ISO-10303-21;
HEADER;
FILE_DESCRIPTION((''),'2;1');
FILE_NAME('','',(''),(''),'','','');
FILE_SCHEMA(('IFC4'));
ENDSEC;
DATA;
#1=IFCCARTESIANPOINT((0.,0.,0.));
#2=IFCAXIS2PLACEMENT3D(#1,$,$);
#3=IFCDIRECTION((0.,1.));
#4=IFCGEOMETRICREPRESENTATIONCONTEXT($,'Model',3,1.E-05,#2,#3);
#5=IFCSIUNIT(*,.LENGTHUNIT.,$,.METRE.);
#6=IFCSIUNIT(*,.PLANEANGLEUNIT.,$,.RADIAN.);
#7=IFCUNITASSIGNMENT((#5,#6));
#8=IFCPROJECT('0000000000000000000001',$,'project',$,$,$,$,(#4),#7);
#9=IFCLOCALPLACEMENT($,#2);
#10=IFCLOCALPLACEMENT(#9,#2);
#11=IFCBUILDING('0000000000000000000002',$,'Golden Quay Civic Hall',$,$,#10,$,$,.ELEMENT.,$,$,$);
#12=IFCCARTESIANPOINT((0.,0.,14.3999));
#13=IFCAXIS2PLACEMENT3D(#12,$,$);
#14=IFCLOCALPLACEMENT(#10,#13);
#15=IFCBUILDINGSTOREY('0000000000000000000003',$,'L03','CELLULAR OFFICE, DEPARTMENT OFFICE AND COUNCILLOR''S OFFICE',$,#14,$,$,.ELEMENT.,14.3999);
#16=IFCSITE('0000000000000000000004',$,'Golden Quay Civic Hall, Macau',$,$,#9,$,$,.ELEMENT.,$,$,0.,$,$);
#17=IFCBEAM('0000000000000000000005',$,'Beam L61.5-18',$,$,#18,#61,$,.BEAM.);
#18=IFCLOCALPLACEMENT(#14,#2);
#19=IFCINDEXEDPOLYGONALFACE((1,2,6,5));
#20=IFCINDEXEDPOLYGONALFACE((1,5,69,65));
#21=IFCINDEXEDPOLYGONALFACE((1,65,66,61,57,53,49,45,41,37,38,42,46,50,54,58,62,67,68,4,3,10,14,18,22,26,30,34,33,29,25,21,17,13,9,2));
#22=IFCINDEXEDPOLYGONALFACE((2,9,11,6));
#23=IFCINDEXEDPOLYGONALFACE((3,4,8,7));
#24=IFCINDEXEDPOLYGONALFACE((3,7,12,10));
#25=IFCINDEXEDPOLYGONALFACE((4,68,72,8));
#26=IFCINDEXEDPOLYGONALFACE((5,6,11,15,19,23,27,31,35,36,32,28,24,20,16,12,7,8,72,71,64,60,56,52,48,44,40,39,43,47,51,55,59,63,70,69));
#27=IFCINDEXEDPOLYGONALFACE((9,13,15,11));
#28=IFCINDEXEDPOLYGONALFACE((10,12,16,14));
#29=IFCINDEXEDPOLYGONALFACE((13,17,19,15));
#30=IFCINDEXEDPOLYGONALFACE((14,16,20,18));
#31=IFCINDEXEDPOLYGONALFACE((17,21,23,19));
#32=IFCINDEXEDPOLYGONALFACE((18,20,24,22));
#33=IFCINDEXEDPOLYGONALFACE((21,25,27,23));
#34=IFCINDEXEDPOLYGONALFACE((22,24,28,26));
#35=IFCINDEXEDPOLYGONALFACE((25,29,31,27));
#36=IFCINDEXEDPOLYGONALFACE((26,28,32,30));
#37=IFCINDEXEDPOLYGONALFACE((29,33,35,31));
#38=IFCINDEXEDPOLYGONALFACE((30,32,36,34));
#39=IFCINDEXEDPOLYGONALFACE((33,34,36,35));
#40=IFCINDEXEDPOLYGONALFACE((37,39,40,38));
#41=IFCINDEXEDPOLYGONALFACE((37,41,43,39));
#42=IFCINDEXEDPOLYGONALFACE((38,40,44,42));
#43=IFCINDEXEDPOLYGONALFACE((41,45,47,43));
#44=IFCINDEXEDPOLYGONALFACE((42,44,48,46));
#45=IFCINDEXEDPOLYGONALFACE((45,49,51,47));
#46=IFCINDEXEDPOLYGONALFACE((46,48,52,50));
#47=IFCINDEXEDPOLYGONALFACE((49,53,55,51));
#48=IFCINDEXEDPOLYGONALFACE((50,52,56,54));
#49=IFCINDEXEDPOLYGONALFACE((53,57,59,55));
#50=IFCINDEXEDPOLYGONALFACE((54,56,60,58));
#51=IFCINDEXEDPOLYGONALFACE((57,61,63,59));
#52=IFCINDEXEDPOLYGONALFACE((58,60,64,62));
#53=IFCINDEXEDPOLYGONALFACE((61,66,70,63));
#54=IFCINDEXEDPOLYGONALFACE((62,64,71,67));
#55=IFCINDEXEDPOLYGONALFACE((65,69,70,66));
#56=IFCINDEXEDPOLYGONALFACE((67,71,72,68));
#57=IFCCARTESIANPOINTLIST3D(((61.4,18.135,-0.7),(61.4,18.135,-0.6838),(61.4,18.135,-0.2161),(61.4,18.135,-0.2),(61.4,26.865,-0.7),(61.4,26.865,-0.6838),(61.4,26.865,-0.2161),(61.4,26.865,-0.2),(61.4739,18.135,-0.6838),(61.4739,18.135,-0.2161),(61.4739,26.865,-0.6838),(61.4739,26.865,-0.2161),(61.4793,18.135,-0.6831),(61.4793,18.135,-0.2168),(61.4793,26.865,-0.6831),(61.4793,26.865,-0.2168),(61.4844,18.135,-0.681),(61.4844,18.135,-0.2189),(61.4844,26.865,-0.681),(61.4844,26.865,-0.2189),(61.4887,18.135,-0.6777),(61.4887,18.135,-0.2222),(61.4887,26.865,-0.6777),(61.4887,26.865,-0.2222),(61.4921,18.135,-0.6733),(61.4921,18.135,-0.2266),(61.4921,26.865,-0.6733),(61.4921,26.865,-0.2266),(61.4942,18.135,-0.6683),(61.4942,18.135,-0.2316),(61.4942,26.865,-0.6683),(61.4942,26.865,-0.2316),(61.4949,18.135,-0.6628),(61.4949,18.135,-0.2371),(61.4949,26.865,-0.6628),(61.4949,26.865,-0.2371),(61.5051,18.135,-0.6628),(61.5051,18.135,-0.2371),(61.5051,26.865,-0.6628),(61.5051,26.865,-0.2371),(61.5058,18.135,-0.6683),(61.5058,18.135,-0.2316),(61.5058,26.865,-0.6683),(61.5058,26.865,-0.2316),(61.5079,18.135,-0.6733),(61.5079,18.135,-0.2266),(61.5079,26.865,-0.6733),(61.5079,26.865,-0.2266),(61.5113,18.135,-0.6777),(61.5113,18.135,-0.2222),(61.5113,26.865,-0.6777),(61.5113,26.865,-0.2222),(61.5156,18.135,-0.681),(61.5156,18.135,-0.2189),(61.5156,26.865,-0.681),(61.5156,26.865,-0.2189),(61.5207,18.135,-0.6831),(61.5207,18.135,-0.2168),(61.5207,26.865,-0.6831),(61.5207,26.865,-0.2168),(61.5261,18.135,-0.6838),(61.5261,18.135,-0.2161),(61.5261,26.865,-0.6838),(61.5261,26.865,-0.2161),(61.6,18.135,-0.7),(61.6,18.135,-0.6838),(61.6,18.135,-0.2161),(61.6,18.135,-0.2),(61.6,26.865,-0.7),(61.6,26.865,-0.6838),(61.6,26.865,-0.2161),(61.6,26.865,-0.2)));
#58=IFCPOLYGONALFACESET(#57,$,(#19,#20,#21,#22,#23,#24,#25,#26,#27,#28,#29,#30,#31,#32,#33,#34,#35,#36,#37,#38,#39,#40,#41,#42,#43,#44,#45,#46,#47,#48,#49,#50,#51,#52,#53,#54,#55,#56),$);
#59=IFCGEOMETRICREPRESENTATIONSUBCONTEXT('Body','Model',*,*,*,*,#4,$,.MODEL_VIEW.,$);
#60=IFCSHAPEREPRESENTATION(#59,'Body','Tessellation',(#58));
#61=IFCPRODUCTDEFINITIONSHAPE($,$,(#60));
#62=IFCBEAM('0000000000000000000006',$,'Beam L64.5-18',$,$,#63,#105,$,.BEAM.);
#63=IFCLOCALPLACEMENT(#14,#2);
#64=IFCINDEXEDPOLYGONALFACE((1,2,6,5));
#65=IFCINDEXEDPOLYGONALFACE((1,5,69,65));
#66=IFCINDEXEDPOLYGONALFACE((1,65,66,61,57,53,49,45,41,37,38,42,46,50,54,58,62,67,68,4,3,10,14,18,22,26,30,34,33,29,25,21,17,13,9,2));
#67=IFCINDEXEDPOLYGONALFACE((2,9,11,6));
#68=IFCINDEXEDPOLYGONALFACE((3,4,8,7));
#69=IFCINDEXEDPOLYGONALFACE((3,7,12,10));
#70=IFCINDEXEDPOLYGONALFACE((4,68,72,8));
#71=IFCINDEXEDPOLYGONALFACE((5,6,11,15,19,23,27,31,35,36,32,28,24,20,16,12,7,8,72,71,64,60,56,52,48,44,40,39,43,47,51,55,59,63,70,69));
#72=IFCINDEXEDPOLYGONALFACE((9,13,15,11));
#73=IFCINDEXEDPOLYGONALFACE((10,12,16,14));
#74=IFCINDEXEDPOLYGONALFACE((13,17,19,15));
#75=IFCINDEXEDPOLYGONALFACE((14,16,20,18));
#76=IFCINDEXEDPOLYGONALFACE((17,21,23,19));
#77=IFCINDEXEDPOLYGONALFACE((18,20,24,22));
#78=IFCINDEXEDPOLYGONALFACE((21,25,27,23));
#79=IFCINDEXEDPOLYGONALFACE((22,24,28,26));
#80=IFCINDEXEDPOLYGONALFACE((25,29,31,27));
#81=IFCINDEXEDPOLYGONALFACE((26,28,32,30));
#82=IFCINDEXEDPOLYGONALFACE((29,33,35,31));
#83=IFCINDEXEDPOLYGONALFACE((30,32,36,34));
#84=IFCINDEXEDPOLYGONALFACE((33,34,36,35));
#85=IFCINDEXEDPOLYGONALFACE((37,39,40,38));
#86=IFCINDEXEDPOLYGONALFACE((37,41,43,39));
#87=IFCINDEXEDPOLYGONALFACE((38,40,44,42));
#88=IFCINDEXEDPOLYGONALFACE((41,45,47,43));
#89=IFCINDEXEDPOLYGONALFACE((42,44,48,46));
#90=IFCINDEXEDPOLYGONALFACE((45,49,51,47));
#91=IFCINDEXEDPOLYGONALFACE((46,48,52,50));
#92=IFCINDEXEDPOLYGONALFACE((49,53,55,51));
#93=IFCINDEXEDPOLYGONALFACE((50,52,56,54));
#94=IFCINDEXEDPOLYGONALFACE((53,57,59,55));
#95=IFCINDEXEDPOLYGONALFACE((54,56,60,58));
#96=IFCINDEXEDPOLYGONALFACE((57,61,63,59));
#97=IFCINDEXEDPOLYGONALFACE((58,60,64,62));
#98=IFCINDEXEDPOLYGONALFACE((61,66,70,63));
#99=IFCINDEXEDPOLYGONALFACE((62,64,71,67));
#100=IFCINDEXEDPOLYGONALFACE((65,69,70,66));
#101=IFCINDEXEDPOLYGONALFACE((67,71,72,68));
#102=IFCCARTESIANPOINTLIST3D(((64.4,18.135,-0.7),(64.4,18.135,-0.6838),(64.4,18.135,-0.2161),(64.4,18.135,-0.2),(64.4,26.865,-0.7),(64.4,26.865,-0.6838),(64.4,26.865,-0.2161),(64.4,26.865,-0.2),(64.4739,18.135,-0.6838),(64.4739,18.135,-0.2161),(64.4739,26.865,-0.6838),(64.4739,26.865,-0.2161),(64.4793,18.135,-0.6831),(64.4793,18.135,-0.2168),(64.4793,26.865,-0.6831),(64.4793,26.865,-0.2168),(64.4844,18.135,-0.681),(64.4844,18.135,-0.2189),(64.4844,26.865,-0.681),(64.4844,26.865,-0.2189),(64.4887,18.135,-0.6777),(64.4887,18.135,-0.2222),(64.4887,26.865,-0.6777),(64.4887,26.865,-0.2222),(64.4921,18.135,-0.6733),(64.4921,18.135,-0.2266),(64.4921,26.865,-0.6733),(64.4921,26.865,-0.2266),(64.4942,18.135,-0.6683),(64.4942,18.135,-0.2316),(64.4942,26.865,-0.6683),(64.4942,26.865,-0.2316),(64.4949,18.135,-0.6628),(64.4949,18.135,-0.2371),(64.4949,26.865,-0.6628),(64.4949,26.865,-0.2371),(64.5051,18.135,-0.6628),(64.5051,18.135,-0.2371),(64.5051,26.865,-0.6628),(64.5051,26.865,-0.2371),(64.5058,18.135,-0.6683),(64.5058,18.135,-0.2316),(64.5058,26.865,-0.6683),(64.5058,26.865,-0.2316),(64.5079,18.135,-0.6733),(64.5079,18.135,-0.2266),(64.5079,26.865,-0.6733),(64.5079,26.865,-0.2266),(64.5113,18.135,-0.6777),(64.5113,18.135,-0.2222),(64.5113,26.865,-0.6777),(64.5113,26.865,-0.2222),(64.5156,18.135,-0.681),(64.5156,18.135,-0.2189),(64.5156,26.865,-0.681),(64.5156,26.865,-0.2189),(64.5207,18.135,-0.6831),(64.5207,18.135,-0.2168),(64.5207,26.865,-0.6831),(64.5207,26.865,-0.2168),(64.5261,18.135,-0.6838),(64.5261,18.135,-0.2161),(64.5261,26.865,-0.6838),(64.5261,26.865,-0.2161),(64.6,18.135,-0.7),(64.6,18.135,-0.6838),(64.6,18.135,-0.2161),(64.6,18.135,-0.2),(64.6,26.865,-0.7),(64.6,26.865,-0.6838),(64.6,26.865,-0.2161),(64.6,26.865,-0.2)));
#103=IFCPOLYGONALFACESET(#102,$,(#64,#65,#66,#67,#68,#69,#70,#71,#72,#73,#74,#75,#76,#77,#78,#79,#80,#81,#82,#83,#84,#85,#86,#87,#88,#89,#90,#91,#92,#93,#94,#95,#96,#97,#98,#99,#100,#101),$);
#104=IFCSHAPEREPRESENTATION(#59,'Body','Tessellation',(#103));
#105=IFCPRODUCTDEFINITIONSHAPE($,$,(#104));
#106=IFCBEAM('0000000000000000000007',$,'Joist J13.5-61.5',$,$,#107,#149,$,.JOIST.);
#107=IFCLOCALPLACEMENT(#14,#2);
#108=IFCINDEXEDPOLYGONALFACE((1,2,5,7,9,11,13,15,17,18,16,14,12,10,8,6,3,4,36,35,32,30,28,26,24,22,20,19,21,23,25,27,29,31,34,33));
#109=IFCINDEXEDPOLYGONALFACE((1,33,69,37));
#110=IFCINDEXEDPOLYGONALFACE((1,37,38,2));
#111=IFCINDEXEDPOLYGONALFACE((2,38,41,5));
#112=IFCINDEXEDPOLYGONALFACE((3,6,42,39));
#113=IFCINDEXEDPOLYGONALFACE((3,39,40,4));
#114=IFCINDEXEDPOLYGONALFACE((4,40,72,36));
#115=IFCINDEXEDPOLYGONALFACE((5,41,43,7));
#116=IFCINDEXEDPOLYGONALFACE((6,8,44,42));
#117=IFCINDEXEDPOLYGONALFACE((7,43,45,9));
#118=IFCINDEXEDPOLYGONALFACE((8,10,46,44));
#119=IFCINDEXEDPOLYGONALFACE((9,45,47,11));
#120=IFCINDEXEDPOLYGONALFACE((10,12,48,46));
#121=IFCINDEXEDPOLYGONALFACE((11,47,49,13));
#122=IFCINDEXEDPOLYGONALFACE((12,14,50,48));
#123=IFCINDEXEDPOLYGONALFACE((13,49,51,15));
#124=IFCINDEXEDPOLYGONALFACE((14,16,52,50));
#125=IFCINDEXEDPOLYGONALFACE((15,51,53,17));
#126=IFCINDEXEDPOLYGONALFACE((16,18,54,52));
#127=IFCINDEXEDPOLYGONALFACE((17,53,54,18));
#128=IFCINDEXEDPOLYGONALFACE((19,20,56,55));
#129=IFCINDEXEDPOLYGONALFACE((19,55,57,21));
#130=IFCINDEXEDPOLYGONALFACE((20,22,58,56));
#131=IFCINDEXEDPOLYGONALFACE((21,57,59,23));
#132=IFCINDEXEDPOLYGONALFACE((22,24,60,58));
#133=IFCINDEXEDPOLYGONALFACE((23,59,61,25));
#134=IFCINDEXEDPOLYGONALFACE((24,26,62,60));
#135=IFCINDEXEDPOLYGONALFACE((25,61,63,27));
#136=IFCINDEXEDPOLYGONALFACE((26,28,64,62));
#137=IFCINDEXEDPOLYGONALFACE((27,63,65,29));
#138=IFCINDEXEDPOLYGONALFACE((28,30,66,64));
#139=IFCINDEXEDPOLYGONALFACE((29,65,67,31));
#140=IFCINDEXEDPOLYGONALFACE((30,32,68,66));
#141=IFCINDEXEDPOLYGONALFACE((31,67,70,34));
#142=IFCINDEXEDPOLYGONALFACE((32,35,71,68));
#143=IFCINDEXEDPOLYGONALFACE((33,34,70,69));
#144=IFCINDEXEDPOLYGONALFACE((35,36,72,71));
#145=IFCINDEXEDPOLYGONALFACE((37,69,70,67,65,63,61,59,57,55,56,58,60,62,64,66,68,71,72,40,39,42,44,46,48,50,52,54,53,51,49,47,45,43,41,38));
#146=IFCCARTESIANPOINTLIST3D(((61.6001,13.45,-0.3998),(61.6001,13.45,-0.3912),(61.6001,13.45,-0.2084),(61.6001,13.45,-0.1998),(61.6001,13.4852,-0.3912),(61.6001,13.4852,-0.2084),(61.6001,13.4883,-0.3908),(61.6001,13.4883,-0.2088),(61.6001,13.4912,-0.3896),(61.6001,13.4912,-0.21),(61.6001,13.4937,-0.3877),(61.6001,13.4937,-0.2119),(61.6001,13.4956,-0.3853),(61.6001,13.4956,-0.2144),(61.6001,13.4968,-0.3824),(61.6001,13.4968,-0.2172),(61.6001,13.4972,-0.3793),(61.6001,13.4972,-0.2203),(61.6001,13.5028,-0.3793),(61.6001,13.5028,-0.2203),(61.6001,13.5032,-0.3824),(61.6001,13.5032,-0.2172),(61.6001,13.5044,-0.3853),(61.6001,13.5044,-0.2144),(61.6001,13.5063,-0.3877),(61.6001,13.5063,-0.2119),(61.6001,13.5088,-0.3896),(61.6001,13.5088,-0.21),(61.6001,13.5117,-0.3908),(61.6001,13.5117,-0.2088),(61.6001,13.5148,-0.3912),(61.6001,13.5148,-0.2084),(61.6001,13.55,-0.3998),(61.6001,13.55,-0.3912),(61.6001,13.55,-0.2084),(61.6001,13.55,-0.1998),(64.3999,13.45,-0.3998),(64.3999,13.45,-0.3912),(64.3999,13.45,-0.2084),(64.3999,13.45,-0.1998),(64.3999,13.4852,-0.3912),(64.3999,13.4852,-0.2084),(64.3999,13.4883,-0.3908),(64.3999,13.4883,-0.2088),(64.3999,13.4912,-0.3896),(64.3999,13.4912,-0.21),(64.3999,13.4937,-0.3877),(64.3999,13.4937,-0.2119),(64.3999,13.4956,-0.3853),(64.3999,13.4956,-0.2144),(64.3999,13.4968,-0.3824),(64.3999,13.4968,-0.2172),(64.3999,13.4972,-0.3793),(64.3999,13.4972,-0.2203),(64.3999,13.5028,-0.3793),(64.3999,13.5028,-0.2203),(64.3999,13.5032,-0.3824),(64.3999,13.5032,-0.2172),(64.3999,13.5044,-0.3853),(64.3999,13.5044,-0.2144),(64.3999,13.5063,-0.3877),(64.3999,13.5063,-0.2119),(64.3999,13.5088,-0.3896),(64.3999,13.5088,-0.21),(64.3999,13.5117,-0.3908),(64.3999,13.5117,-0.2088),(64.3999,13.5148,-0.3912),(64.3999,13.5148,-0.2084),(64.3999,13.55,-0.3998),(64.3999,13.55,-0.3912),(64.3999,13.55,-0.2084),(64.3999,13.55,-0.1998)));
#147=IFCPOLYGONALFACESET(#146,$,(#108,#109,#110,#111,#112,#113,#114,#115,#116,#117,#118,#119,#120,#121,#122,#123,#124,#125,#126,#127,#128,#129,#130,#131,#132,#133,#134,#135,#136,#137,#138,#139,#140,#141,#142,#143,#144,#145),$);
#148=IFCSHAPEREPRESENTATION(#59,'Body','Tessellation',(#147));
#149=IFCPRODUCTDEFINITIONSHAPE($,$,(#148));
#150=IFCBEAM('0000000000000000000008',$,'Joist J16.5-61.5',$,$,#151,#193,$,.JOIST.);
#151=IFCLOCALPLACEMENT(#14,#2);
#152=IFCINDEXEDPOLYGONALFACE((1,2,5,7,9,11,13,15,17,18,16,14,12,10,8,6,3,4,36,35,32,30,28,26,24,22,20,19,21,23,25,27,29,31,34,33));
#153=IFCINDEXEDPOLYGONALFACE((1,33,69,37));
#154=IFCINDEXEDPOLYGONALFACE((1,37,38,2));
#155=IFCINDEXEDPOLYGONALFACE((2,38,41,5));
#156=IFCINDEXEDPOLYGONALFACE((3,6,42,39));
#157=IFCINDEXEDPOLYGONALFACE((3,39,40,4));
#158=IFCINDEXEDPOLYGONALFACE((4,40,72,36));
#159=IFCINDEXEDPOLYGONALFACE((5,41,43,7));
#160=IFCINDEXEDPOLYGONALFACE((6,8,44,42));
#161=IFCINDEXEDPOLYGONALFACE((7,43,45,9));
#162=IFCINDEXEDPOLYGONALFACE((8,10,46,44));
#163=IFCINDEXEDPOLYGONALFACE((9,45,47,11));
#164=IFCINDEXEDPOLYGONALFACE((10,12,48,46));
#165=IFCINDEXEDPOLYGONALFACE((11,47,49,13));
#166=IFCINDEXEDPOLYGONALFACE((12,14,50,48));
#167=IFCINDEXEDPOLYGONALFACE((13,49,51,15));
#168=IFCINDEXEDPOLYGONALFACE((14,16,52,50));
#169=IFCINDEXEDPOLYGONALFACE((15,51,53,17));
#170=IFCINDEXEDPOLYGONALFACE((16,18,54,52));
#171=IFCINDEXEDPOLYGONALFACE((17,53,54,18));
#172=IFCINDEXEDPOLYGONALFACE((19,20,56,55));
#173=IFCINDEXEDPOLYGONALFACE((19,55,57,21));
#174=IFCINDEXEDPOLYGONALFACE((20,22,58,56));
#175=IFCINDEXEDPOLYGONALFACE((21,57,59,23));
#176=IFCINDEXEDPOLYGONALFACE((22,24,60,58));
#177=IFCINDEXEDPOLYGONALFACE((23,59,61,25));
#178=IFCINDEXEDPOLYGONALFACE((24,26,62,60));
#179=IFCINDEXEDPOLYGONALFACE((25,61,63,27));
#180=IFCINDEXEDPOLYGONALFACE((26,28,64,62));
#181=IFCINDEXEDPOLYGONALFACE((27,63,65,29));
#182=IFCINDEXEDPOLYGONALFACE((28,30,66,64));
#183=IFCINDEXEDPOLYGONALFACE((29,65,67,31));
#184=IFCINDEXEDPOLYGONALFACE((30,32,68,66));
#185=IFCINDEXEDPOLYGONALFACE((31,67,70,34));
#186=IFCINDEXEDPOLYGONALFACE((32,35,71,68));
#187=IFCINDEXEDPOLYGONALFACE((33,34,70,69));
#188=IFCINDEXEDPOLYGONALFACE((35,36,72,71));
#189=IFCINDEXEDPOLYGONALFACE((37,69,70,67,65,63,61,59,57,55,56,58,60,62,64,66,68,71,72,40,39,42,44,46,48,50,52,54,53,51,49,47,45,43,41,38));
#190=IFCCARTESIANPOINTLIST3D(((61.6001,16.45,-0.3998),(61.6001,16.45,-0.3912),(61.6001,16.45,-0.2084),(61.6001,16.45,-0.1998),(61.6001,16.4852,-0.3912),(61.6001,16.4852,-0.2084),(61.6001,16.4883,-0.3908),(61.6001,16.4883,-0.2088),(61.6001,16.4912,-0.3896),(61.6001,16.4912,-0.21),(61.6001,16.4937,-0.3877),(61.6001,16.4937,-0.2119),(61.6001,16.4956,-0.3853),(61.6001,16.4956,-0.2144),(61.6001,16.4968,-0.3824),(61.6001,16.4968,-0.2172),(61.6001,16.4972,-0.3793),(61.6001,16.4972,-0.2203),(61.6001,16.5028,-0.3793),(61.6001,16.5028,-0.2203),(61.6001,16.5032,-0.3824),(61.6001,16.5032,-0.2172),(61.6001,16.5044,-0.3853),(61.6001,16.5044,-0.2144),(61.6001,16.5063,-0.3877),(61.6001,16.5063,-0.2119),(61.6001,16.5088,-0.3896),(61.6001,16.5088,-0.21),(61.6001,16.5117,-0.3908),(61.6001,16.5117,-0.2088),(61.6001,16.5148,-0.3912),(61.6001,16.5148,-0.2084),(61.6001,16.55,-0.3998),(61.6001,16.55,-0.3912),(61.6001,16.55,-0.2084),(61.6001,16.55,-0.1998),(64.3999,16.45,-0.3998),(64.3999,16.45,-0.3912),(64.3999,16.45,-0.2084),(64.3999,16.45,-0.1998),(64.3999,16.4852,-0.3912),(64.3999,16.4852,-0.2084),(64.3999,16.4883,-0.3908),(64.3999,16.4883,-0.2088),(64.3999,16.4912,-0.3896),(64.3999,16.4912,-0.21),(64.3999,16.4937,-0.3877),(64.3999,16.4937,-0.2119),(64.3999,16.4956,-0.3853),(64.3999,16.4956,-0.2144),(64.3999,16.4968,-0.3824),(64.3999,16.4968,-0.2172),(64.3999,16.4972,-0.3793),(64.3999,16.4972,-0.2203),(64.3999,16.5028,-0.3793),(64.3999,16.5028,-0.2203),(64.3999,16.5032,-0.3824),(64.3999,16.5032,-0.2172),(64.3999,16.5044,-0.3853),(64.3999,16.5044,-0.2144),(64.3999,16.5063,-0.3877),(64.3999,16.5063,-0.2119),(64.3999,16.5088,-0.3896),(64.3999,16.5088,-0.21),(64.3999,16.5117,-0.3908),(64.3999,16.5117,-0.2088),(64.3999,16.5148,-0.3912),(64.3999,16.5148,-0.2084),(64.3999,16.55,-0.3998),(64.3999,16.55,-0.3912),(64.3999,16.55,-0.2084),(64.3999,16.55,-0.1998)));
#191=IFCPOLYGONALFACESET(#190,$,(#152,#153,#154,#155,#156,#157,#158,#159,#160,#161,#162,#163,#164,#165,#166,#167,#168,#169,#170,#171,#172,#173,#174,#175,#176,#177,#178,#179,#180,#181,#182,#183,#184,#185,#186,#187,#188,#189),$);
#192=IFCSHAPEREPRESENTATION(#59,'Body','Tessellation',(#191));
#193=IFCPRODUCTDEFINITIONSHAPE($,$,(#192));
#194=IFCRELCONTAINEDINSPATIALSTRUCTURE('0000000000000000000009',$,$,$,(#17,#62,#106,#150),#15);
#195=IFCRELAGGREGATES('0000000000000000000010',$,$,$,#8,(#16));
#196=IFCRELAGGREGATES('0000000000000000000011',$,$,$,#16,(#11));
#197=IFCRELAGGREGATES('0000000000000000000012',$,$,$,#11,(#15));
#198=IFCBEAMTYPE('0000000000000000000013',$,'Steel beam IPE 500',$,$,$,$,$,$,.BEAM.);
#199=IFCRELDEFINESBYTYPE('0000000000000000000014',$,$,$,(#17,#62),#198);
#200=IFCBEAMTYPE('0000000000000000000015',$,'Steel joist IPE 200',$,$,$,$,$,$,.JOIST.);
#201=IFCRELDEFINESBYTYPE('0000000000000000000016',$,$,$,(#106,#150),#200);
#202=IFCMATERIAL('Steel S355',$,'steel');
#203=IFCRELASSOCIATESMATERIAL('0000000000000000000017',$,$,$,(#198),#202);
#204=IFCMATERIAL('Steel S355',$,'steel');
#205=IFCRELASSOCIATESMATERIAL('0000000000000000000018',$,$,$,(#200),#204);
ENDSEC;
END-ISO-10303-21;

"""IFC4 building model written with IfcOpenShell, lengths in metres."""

from ifc_helpers import new_model, si_unit, direction, frame, origin, origin_2d, place, context, subcontext, project, spatial, i_section, extrude, material, material_profile, profile_set, type_object, element, save


model = new_model("IFC4")

# Units and contexts
model_context = context("Model", 3, precision=1e-05, world=origin(), true_north=direction((0.0, 1.0)))
body_context = subcontext(model_context, "Body", "Model", "MODEL_VIEW")
ifc_project = project(units=[si_unit("LENGTHUNIT", "METRE"), si_unit("PLANEANGLEUNIT", "RADIAN")], contexts=[model_context])

# Site, building, storey
site_placement = place(None, origin())
site = spatial("IfcSite", under=ifc_project, at=site_placement, Name="Golden Quay Civic Hall, Macau", CompositionType="ELEMENT", RefElevation=0.0)
building_placement = place(site_placement, origin())
building = spatial("IfcBuilding", under=site, at=building_placement, Name="Golden Quay Civic Hall", CompositionType="ELEMENT")
storey_placement = place(building_placement, frame((0.0, 0.0, 14.3999)))
storey = spatial("IfcBuildingStorey", under=building, at=storey_placement, Name="L03", Description="CELLULAR OFFICE, DEPARTMENT OFFICE AND COUNCILLOR'S OFFICE", CompositionType="ELEMENT", Elevation=14.3999)

# Beams
ifc_material_1 = material(Name="Steel S355", Category="steel")
ifc_material_profile_1 = material_profile(ifc_material_1, i_section(OverallWidth=0.2, OverallDepth=0.5, WebThickness=0.0103, FlangeThickness=0.0161, FilletRadius=0.021, at=origin_2d()), Name="IPE 500")
ifc_profile_set_1 = profile_set([ifc_material_profile_1], Name="Steel S355")
beam_type_1 = type_object("IfcBeamType", Name="Steel beam IPE 500", PredefinedType="BEAM", material=ifc_profile_set_1)
for number, where, z_axis, x_axis, name in (
    (1, (61.5, 18.135, -0.45), (0.0, 1.0, 0.0), (-1.0, 0.0, 0.0), "Beam L61.5-18"),
    (2, (64.5, 18.135, -0.45), (0.0, 1.0, 0.0), (-1.0, 0.0, 0.0), "Beam L64.5-18"),
):
    element("IfcBeam", number, at=place(storey_placement, frame(where, z_axis=z_axis, x_axis=x_axis)), inside=storey, type_object=beam_type_1, Name=name, PredefinedType="BEAM", context=body_context, shape_type="SweptSolid", body=[
        extrude(i_section(OverallWidth=0.2, OverallDepth=0.5, WebThickness=0.0103, FlangeThickness=0.0161, FilletRadius=0.021, at=origin_2d()), origin(), (0.0, 0.0, 1.0), 8.73),
    ])
ifc_material_2 = material(Name="Steel S355", Category="steel")
ifc_material_profile_2 = material_profile(ifc_material_2, i_section(OverallWidth=0.1001, OverallDepth=0.2, WebThickness=0.0056, FlangeThickness=0.0085, FilletRadius=0.012, at=origin_2d()), Name="IPE 200")
ifc_profile_set_2 = profile_set([ifc_material_profile_2], Name="Steel S355")
beam_type_2 = type_object("IfcBeamType", Name="Steel joist IPE 200", PredefinedType="JOIST", material=ifc_profile_set_2)
for number, where, z_axis, x_axis, name in (
    (3, (61.6001, 13.5, -0.2998), (1.0, 0.0, 0.0), (0.0, 1.0, 0.0), "Joist J13.5-61.5"),
    (4, (61.6001, 16.5, -0.2998), (1.0, 0.0, 0.0), (0.0, 1.0, 0.0), "Joist J16.5-61.5"),
):
    element("IfcBeam", number, at=place(storey_placement, frame(where, z_axis=z_axis, x_axis=x_axis)), inside=storey, type_object=beam_type_2, Name=name, PredefinedType="JOIST", context=body_context, shape_type="SweptSolid", body=[
        extrude(i_section(OverallWidth=0.1001, OverallDepth=0.2, WebThickness=0.0056, FlangeThickness=0.0085, FilletRadius=0.012, at=origin_2d()), origin(), (0.0, 0.0, 1.0), 2.7998),
    ])

save(model, "model.ifc")
